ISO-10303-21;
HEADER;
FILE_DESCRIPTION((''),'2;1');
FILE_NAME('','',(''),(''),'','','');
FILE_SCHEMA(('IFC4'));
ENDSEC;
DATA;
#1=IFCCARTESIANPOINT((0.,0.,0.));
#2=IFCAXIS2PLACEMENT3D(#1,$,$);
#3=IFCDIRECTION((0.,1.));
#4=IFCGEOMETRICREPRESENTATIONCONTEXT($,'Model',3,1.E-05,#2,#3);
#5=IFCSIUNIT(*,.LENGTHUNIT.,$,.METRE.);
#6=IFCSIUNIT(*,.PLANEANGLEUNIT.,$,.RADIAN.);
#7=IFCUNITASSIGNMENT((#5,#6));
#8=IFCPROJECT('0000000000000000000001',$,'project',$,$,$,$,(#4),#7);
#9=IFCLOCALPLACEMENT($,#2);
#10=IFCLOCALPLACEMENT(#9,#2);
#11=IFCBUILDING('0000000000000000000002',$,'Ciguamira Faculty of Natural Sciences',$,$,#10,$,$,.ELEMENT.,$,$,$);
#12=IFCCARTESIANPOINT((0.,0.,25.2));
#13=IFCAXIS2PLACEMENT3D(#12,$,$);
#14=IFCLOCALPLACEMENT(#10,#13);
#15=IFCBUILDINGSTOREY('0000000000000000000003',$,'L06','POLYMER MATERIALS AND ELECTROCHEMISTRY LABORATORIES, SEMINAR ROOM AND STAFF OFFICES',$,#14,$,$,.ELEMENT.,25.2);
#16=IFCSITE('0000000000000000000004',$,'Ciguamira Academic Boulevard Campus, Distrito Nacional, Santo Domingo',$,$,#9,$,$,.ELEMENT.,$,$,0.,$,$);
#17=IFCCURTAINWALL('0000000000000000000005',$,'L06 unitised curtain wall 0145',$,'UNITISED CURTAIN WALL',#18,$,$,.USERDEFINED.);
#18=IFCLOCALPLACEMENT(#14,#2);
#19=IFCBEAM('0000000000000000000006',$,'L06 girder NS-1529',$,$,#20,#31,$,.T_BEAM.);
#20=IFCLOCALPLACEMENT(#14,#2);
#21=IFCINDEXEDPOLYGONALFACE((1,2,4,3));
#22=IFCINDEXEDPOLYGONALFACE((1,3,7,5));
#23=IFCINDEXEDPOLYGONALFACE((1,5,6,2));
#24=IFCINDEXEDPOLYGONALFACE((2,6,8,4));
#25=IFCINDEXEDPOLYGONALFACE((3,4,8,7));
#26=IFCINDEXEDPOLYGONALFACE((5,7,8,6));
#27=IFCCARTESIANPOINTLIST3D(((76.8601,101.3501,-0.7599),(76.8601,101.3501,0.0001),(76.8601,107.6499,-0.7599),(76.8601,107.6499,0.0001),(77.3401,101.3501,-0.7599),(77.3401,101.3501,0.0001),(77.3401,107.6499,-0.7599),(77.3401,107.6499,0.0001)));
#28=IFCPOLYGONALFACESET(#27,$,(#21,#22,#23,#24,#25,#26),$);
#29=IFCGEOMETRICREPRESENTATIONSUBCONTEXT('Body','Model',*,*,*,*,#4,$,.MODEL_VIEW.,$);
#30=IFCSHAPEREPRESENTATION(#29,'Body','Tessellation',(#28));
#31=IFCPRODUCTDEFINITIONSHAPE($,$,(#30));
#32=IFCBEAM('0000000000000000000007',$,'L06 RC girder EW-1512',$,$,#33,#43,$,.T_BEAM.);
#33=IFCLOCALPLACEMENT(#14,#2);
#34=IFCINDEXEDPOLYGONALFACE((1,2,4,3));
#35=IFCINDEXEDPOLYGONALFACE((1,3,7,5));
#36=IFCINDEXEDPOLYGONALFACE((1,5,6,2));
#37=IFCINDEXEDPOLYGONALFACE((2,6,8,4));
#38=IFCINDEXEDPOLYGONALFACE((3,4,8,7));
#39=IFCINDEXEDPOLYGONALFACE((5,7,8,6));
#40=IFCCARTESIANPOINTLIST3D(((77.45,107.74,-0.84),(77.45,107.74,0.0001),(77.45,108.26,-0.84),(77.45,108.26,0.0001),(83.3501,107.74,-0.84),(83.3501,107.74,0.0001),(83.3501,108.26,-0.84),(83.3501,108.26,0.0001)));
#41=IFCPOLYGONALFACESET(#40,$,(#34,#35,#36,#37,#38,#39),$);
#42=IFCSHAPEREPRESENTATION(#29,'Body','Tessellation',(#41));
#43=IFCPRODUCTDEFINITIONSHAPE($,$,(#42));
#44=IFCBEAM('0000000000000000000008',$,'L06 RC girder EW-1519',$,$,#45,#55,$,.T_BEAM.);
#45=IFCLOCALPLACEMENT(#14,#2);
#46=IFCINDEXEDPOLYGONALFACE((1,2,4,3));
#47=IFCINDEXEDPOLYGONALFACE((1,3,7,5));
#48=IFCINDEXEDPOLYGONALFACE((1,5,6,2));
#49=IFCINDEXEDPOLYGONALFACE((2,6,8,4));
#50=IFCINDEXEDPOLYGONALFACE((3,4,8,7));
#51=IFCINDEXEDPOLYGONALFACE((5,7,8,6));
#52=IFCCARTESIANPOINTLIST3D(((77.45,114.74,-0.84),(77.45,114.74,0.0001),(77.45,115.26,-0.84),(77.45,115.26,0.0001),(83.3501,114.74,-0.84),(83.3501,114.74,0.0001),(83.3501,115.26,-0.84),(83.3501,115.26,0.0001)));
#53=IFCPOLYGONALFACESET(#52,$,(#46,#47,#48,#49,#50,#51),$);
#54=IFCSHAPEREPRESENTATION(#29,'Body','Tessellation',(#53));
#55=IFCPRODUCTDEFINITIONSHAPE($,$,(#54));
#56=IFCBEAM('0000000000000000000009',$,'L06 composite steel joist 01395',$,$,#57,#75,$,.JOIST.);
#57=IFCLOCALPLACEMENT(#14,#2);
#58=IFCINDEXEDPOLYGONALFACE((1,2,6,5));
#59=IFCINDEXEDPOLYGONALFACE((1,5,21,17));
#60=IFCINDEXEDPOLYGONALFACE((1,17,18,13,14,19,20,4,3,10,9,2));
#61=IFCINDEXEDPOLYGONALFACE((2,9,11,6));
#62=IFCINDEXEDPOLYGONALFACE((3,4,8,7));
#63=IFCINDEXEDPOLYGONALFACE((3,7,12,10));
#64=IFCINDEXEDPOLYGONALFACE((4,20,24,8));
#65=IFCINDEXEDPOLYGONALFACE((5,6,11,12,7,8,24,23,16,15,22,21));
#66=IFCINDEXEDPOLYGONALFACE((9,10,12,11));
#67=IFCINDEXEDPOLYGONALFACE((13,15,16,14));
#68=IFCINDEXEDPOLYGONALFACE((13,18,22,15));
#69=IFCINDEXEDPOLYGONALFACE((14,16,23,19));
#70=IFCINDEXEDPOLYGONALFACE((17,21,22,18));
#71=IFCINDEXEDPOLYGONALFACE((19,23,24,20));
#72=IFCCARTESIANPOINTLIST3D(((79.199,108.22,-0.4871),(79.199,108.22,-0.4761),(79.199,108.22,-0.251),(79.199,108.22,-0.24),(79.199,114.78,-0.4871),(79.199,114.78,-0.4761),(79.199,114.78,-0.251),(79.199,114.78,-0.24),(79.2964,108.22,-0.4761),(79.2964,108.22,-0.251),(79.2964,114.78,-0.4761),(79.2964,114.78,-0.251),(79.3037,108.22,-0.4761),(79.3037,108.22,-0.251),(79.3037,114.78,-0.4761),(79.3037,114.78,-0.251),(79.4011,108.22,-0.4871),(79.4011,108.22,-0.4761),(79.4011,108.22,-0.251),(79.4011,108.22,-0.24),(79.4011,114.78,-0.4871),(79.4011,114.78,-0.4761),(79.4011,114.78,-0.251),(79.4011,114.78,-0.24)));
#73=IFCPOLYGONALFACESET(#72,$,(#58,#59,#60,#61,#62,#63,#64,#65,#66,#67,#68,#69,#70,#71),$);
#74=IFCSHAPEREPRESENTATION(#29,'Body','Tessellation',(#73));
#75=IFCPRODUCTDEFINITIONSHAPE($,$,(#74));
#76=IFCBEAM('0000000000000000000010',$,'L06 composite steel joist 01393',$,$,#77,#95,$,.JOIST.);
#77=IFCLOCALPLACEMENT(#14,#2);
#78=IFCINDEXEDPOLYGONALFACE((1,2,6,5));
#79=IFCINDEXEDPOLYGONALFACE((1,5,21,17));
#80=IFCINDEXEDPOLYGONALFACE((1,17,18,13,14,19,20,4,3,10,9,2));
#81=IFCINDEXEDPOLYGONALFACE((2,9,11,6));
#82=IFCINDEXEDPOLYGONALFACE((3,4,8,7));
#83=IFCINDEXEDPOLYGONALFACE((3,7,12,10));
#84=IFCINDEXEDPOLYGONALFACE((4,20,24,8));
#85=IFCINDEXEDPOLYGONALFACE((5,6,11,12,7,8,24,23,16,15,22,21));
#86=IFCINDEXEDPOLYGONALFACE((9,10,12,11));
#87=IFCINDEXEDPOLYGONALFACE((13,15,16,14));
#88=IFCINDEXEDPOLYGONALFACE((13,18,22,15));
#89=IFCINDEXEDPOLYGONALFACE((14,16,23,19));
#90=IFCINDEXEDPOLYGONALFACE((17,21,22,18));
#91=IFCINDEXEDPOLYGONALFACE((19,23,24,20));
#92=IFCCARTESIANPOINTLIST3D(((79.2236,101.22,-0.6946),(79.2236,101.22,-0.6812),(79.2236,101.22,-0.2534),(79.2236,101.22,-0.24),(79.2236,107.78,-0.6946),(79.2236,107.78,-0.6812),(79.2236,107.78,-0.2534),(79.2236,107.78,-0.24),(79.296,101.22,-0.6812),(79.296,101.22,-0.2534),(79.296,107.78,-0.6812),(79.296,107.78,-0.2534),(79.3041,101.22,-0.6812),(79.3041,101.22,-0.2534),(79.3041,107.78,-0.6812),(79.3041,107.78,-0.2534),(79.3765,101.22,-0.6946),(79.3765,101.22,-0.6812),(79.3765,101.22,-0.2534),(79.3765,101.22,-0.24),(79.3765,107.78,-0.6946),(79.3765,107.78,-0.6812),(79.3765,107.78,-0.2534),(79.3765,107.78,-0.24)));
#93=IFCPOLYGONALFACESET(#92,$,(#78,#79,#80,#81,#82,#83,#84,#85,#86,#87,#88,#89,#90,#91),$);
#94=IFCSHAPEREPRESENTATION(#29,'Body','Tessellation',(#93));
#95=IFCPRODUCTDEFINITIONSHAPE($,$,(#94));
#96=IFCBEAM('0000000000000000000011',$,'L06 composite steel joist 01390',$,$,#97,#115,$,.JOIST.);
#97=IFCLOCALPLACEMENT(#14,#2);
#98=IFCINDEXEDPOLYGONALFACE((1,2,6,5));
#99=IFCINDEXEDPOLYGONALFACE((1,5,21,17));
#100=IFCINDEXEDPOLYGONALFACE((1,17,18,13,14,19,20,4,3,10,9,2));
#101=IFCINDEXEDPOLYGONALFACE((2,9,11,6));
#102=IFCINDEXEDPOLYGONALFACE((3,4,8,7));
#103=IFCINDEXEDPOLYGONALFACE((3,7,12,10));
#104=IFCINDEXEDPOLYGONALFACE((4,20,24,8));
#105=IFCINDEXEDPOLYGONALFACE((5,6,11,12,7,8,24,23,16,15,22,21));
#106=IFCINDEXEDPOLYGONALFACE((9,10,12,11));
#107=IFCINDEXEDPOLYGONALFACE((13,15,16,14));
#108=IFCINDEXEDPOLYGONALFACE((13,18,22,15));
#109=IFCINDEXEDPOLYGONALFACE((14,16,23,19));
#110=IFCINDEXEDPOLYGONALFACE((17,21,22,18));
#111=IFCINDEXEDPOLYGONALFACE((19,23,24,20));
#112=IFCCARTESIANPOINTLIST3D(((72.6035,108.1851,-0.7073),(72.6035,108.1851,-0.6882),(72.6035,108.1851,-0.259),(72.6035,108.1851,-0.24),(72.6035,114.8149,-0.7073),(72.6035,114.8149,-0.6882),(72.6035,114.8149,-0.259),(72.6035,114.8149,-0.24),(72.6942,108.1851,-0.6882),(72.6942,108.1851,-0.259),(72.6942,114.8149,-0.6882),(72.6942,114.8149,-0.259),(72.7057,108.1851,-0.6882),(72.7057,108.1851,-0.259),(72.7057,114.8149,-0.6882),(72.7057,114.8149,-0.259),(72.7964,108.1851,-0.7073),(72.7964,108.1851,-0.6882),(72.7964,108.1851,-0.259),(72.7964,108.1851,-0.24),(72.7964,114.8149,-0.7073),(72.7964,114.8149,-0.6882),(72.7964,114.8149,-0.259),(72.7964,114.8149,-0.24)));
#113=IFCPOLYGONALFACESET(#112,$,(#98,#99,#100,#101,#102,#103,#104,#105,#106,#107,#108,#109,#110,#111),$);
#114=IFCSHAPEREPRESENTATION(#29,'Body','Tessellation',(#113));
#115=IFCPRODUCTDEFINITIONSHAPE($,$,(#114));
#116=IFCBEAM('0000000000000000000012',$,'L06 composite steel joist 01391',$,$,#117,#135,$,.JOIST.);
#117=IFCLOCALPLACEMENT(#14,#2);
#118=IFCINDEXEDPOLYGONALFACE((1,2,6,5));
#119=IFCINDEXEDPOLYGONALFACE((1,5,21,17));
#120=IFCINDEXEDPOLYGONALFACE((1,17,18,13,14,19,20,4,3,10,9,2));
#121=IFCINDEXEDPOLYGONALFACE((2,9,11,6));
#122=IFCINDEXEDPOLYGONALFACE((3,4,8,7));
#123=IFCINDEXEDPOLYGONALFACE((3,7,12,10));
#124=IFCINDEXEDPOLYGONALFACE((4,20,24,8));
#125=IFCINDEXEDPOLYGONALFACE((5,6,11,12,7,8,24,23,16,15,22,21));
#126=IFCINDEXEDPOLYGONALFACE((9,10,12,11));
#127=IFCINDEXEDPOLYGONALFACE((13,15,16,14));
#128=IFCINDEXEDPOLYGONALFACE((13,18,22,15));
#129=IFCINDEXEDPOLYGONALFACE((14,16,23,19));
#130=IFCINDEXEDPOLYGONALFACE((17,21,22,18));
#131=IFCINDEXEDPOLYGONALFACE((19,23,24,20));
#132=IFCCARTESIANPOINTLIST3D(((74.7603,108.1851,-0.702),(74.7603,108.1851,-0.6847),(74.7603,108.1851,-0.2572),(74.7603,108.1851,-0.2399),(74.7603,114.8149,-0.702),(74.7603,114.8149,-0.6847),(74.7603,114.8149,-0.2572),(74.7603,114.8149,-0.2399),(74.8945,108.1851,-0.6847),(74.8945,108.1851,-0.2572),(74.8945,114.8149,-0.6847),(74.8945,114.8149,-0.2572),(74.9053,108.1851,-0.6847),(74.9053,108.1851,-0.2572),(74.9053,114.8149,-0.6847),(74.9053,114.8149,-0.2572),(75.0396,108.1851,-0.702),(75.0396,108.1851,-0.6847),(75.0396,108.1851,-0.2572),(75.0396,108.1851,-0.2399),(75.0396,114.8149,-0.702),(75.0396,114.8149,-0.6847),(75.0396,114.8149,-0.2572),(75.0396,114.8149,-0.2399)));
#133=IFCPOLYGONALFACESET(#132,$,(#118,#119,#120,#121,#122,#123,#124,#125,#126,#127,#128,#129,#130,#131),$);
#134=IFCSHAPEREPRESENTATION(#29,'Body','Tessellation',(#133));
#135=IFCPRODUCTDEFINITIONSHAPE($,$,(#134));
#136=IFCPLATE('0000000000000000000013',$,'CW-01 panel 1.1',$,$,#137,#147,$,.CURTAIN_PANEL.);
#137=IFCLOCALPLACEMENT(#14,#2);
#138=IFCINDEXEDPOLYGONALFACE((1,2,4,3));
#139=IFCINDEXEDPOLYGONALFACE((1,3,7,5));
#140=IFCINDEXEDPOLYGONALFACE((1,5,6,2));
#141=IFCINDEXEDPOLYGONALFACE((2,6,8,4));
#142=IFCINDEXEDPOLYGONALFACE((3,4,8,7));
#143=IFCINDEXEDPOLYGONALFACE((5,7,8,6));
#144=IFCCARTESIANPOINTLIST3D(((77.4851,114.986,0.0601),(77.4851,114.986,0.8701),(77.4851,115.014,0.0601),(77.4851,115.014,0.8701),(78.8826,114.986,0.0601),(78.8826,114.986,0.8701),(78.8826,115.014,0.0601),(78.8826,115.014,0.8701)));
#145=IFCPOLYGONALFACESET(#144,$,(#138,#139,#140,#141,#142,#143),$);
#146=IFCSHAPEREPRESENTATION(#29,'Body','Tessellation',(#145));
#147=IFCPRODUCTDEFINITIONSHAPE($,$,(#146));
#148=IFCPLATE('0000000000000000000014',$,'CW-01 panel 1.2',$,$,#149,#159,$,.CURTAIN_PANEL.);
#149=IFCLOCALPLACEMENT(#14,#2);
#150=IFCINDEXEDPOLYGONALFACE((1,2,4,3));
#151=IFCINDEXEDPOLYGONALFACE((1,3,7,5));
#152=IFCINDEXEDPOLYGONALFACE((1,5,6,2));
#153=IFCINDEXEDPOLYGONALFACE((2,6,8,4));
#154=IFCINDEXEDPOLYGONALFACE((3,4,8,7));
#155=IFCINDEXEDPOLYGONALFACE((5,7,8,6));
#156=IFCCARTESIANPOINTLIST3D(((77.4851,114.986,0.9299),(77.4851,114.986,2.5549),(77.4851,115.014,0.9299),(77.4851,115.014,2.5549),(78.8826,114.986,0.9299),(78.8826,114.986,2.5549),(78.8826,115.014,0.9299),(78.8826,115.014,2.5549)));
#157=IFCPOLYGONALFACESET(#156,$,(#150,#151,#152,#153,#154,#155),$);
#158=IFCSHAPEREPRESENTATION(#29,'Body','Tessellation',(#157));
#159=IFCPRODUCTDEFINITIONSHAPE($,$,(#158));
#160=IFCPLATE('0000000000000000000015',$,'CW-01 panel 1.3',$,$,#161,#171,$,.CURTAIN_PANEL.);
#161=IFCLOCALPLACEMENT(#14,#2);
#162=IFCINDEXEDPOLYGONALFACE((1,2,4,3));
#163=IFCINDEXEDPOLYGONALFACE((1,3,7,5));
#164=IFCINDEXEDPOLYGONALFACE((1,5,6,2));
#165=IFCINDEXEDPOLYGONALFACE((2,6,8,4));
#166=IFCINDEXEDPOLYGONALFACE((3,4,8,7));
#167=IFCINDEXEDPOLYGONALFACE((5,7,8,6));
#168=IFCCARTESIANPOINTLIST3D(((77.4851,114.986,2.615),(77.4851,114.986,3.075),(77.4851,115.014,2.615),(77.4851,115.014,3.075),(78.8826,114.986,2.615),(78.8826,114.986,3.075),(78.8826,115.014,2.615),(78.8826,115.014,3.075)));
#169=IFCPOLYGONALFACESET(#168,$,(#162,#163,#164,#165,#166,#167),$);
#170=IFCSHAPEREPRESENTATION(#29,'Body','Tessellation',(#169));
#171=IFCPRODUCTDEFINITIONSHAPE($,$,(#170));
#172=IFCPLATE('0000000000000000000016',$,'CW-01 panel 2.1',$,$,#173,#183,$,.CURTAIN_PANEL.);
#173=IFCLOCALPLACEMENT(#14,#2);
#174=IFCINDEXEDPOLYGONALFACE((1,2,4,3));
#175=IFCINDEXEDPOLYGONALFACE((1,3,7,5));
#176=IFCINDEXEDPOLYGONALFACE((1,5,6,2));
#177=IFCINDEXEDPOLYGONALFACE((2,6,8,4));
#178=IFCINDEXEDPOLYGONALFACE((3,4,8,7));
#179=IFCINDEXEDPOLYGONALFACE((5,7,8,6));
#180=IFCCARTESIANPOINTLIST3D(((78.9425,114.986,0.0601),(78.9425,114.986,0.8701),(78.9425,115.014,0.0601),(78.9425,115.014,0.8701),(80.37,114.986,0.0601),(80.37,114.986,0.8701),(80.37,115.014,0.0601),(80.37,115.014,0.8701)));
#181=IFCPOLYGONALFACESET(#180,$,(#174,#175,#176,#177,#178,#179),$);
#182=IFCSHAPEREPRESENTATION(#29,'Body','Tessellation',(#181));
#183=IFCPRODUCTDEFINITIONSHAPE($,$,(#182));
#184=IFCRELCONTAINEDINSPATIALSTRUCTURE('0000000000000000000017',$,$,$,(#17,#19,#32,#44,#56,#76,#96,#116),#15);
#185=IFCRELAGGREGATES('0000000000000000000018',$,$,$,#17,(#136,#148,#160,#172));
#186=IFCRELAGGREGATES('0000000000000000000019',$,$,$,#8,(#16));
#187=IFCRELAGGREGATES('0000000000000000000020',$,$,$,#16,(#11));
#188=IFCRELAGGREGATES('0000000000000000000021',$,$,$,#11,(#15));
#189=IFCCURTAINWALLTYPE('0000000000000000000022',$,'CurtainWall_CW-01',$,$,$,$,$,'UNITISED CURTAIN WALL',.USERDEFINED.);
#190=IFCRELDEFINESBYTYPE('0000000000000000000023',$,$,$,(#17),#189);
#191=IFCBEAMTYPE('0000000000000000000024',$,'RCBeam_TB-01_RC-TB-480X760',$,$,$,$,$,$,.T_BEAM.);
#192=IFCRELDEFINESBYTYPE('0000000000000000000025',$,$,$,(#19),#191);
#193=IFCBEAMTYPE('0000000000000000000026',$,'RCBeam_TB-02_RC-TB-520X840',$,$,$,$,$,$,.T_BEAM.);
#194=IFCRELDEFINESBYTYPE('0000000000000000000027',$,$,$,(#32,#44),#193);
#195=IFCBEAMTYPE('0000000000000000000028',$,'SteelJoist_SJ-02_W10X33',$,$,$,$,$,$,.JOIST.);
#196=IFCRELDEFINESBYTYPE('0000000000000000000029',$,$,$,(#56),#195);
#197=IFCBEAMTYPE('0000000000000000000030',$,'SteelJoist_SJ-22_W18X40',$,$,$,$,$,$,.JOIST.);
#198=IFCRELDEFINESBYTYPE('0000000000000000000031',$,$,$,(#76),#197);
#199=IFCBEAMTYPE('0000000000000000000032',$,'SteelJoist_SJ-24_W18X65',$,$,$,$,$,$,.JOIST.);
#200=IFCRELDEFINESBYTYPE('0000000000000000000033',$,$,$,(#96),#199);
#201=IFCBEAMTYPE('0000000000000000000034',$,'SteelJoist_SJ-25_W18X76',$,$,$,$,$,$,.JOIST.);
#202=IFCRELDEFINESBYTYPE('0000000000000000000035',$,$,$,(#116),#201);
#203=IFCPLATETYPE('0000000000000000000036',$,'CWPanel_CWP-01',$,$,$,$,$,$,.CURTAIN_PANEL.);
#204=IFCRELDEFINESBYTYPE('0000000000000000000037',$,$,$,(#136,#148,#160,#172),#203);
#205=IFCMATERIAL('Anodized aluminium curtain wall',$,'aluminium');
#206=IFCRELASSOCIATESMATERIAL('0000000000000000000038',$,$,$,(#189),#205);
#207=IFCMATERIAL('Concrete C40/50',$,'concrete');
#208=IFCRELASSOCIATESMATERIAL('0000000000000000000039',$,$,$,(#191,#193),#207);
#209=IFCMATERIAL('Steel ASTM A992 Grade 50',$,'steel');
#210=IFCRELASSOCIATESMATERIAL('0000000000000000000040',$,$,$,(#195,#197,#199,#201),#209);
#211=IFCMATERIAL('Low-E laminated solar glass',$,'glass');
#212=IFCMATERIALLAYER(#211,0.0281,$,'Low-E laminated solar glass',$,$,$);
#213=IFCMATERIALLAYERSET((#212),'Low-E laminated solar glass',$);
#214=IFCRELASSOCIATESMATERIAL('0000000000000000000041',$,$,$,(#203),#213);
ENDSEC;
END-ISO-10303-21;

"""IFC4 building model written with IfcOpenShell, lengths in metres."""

from ifc_helpers import new_model, si_unit, direction, frame, origin, origin_2d, place, context, subcontext, project, spatial, rectangle, i_section, extrude, material, layer, layer_set, material_profile, profile_set, type_object, element, aggregate, save


model = new_model("IFC4")

# Units and contexts
model_context = context("Model", 3, precision=1e-05, world=origin(), true_north=direction((0.0, 1.0)))
body_context = subcontext(model_context, "Body", "Model", "MODEL_VIEW")
ifc_project = project(units=[si_unit("LENGTHUNIT", "METRE"), si_unit("PLANEANGLEUNIT", "RADIAN")], contexts=[model_context])

# Site, building, storey
site_placement = place(None, origin())
site = spatial("IfcSite", under=ifc_project, at=site_placement, Name="Ciguamira Academic Boulevard Campus, Distrito Nacional, Santo Domingo", CompositionType="ELEMENT", RefElevation=0.0)
building_placement = place(site_placement, origin())
building = spatial("IfcBuilding", under=site, at=building_placement, Name="Ciguamira Faculty of Natural Sciences", CompositionType="ELEMENT")
storey_placement = place(building_placement, frame((0.0, 0.0, 25.2)))
storey = spatial("IfcBuildingStorey", under=building, at=storey_placement, Name="L06", Description="POLYMER MATERIALS AND ELECTROCHEMISTRY LABORATORIES, SEMINAR ROOM AND STAFF OFFICES", CompositionType="ELEMENT", Elevation=25.2)

# Shared definitions
ifc_material_1 = material(Name="Concrete C40/50", Category="concrete")

# Curtain wall
ifc_material_2 = material(Name="Anodized aluminium curtain wall", Category="aluminium")
curtain_wall_type = type_object("IfcCurtainWallType", Name="CurtainWall_CW-01", ElementType="UNITISED CURTAIN WALL", PredefinedType="USERDEFINED", material=ifc_material_2)
curtain_wall_placement = place(storey_placement, origin())
curtain_wall = element("IfcCurtainWall", 1, at=curtain_wall_placement, inside=storey, type_object=curtain_wall_type, Name="L06 unitised curtain wall 0145", ObjectType="UNITISED CURTAIN WALL", PredefinedType="USERDEFINED")

# Beams
ifc_material_profile_1 = material_profile(ifc_material_1, rectangle(XDim=0.48, YDim=0.76, at=origin_2d()), Name="RC-TB-480X760")
ifc_profile_set_1 = profile_set([ifc_material_profile_1], Name="Concrete C40/50")
beam_type_1 = type_object("IfcBeamType", Name="RCBeam_TB-01_RC-TB-480X760", PredefinedType="T_BEAM", material=ifc_profile_set_1)
beam_1_placement = place(storey_placement, frame((77.1001, 101.3501, -0.3799), z_axis=(0.0, 1.0, 0.0), x_axis=(-1.0, 0.0, 0.0)))
element("IfcBeam", 2, at=beam_1_placement, inside=storey, type_object=beam_type_1, Name="L06 girder NS-1529", PredefinedType="T_BEAM", context=body_context, shape_type="SweptSolid", body=[
    extrude(rectangle(XDim=0.48, YDim=0.76, at=origin_2d()), origin(), (0.0, 0.0, 1.0), 6.2998),
])
ifc_material_profile_2 = material_profile(ifc_material_1, rectangle(XDim=0.52, YDim=0.8401, at=origin_2d()), Name="RC-TB-520X840")
ifc_profile_set_2 = profile_set([ifc_material_profile_2], Name="Concrete C40/50")
beam_type_2 = type_object("IfcBeamType", Name="RCBeam_TB-02_RC-TB-520X840", PredefinedType="T_BEAM", material=ifc_profile_set_2)
for number, where, z_axis, x_axis, name in (
    (3, (77.45, 108.0, -0.4199), (1.0, 0.0, 0.0), (0.0, 1.0, 0.0), "L06 RC girder EW-1512"),
    (4, (77.45, 115.0, -0.4199), (1.0, 0.0, 0.0), (0.0, 1.0, 0.0), "L06 RC girder EW-1519"),
):
    element("IfcBeam", number, at=place(storey_placement, frame(where, z_axis=z_axis, x_axis=x_axis)), inside=storey, type_object=beam_type_2, Name=name, PredefinedType="T_BEAM", context=body_context, shape_type="SweptSolid", body=[
        extrude(rectangle(XDim=0.52, YDim=0.8401, at=origin_2d()), origin(), (0.0, 0.0, 1.0), 5.9001),
    ])
ifc_material_3 = material(Name="Steel ASTM A992 Grade 50", Category="steel")
ifc_material_profile_3 = material_profile(ifc_material_3, i_section(OverallWidth=0.2021, OverallDepth=0.2471, WebThickness=0.0073, FlangeThickness=0.011, at=origin_2d()), Name="W10X33")
ifc_profile_set_3 = profile_set([ifc_material_profile_3], Name="Steel ASTM A992 Grade 50")
beam_type_3 = type_object("IfcBeamType", Name="SteelJoist_SJ-02_W10X33", PredefinedType="JOIST", material=ifc_profile_set_3)
beam_2_placement = place(storey_placement, frame((79.3, 108.22, -0.3635), z_axis=(0.0, 1.0, 0.0), x_axis=(-1.0, 0.0, 0.0)))
element("IfcBeam", 5, at=beam_2_placement, inside=storey, type_object=beam_type_3, Name="L06 composite steel joist 01395", PredefinedType="JOIST", context=body_context, shape_type="SweptSolid", body=[
    extrude(i_section(OverallWidth=0.2021, OverallDepth=0.2471, WebThickness=0.0073, FlangeThickness=0.011, at=origin_2d()), origin(), (0.0, 0.0, 1.0), 6.5601),
])
ifc_material_profile_4 = material_profile(ifc_material_3, i_section(OverallWidth=0.1528, OverallDepth=0.4546, WebThickness=0.0081, FlangeThickness=0.0134, at=origin_2d()), Name="W18X40")
ifc_profile_set_4 = profile_set([ifc_material_profile_4], Name="Steel ASTM A992 Grade 50")
beam_type_4 = type_object("IfcBeamType", Name="SteelJoist_SJ-22_W18X40", PredefinedType="JOIST", material=ifc_profile_set_4)
beam_3_placement = place(storey_placement, frame((79.3, 101.22, -0.4673), z_axis=(0.0, 1.0, 0.0), x_axis=(-1.0, 0.0, 0.0)))
element("IfcBeam", 6, at=beam_3_placement, inside=storey, type_object=beam_type_4, Name="L06 composite steel joist 01393", PredefinedType="JOIST", context=body_context, shape_type="SweptSolid", body=[
    extrude(i_section(OverallWidth=0.1528, OverallDepth=0.4546, WebThickness=0.0081, FlangeThickness=0.0134, at=origin_2d()), origin(), (0.0, 0.0, 1.0), 6.5601),
])
ifc_material_profile_5 = material_profile(ifc_material_3, i_section(OverallWidth=0.1929, OverallDepth=0.4673, WebThickness=0.0115, FlangeThickness=0.019, at=origin_2d()), Name="W18X65")
ifc_profile_set_5 = profile_set([ifc_material_profile_5], Name="Steel ASTM A992 Grade 50")
beam_type_5 = type_object("IfcBeamType", Name="SteelJoist_SJ-24_W18X65", PredefinedType="JOIST", material=ifc_profile_set_5)
beam_4_placement = place(storey_placement, frame((72.7, 108.1851, -0.4736), z_axis=(0.0, 1.0, 0.0), x_axis=(-1.0, 0.0, 0.0)))
element("IfcBeam", 7, at=beam_4_placement, inside=storey, type_object=beam_type_5, Name="L06 composite steel joist 01390", PredefinedType="JOIST", context=body_context, shape_type="SweptSolid", body=[
    extrude(i_section(OverallWidth=0.1929, OverallDepth=0.4673, WebThickness=0.0115, FlangeThickness=0.019, at=origin_2d()), origin(), (0.0, 0.0, 1.0), 6.6299),
])
ifc_material_profile_6 = material_profile(ifc_material_3, i_section(OverallWidth=0.2793, OverallDepth=0.4622, WebThickness=0.0107, FlangeThickness=0.0173, at=origin_2d()), Name="W18X76")
ifc_profile_set_6 = profile_set([ifc_material_profile_6], Name="Steel ASTM A992 Grade 50")
beam_type_6 = type_object("IfcBeamType", Name="SteelJoist_SJ-25_W18X76", PredefinedType="JOIST", material=ifc_profile_set_6)
beam_5_placement = place(storey_placement, frame((74.8999, 108.1851, -0.4709), z_axis=(0.0, 1.0, 0.0), x_axis=(-1.0, 0.0, 0.0)))
element("IfcBeam", 8, at=beam_5_placement, inside=storey, type_object=beam_type_6, Name="L06 composite steel joist 01391", PredefinedType="JOIST", context=body_context, shape_type="SweptSolid", body=[
    extrude(i_section(OverallWidth=0.2793, OverallDepth=0.4622, WebThickness=0.0107, FlangeThickness=0.0173, at=origin_2d()), origin(), (0.0, 0.0, 1.0), 6.6299),
])

# Plates
ifc_material_4 = material(Name="Low-E laminated solar glass", Category="glass")
ifc_layer_1 = layer(ifc_material_4, 0.0281, Name="Low-E laminated solar glass")
ifc_layer_set_1 = layer_set([ifc_layer_1], Name="Low-E laminated solar glass")
plate_type = type_object("IfcPlateType", Name="CWPanel_CWP-01", PredefinedType="CURTAIN_PANEL", material=ifc_layer_set_1)
plate_1_placement = place(storey_placement, frame((78.1838, 115.0, 0.0601), z_axis=(0.0, 0.0, 1.0), x_axis=(1.0, 0.0, 0.0)))
plate_1 = element("IfcPlate", 9, at=plate_1_placement, type_object=plate_type, Name="CW-01 panel 1.1", PredefinedType="CURTAIN_PANEL", context=body_context, shape_type="SweptSolid", body=[
    extrude(rectangle(XDim=1.3975, YDim=0.0281, at=origin_2d()), origin(), (0.0, 0.0, 1.0), 0.8101),
])
plate_2_placement = place(storey_placement, frame((78.1838, 115.0, 0.9299), z_axis=(0.0, 0.0, 1.0), x_axis=(1.0, 0.0, 0.0)))
plate_2 = element("IfcPlate", 10, at=plate_2_placement, type_object=plate_type, Name="CW-01 panel 1.2", PredefinedType="CURTAIN_PANEL", context=body_context, shape_type="SweptSolid", body=[
    extrude(rectangle(XDim=1.3975, YDim=0.0281, at=origin_2d()), origin(), (0.0, 0.0, 1.0), 1.625),
])
plate_3_placement = place(storey_placement, frame((78.1838, 115.0, 2.615), z_axis=(0.0, 0.0, 1.0), x_axis=(1.0, 0.0, 0.0)))
plate_3 = element("IfcPlate", 11, at=plate_3_placement, type_object=plate_type, Name="CW-01 panel 1.3", PredefinedType="CURTAIN_PANEL", context=body_context, shape_type="SweptSolid", body=[
    extrude(rectangle(XDim=1.3975, YDim=0.0281, at=origin_2d()), origin(), (0.0, 0.0, 1.0), 0.46),
])
plate_4_placement = place(storey_placement, frame((79.6562, 115.0, 0.0601), z_axis=(0.0, 0.0, 1.0), x_axis=(1.0, 0.0, 0.0)))
plate_4 = element("IfcPlate", 12, at=plate_4_placement, type_object=plate_type, Name="CW-01 panel 2.1", PredefinedType="CURTAIN_PANEL", context=body_context, shape_type="SweptSolid", body=[
    extrude(rectangle(XDim=1.4275, YDim=0.0281, at=origin_2d()), origin(), (0.0, 0.0, 1.0), 0.8101),
])
aggregate(curtain_wall, [plate_1, plate_2, plate_3, plate_4])

save(model, "model.ifc")
